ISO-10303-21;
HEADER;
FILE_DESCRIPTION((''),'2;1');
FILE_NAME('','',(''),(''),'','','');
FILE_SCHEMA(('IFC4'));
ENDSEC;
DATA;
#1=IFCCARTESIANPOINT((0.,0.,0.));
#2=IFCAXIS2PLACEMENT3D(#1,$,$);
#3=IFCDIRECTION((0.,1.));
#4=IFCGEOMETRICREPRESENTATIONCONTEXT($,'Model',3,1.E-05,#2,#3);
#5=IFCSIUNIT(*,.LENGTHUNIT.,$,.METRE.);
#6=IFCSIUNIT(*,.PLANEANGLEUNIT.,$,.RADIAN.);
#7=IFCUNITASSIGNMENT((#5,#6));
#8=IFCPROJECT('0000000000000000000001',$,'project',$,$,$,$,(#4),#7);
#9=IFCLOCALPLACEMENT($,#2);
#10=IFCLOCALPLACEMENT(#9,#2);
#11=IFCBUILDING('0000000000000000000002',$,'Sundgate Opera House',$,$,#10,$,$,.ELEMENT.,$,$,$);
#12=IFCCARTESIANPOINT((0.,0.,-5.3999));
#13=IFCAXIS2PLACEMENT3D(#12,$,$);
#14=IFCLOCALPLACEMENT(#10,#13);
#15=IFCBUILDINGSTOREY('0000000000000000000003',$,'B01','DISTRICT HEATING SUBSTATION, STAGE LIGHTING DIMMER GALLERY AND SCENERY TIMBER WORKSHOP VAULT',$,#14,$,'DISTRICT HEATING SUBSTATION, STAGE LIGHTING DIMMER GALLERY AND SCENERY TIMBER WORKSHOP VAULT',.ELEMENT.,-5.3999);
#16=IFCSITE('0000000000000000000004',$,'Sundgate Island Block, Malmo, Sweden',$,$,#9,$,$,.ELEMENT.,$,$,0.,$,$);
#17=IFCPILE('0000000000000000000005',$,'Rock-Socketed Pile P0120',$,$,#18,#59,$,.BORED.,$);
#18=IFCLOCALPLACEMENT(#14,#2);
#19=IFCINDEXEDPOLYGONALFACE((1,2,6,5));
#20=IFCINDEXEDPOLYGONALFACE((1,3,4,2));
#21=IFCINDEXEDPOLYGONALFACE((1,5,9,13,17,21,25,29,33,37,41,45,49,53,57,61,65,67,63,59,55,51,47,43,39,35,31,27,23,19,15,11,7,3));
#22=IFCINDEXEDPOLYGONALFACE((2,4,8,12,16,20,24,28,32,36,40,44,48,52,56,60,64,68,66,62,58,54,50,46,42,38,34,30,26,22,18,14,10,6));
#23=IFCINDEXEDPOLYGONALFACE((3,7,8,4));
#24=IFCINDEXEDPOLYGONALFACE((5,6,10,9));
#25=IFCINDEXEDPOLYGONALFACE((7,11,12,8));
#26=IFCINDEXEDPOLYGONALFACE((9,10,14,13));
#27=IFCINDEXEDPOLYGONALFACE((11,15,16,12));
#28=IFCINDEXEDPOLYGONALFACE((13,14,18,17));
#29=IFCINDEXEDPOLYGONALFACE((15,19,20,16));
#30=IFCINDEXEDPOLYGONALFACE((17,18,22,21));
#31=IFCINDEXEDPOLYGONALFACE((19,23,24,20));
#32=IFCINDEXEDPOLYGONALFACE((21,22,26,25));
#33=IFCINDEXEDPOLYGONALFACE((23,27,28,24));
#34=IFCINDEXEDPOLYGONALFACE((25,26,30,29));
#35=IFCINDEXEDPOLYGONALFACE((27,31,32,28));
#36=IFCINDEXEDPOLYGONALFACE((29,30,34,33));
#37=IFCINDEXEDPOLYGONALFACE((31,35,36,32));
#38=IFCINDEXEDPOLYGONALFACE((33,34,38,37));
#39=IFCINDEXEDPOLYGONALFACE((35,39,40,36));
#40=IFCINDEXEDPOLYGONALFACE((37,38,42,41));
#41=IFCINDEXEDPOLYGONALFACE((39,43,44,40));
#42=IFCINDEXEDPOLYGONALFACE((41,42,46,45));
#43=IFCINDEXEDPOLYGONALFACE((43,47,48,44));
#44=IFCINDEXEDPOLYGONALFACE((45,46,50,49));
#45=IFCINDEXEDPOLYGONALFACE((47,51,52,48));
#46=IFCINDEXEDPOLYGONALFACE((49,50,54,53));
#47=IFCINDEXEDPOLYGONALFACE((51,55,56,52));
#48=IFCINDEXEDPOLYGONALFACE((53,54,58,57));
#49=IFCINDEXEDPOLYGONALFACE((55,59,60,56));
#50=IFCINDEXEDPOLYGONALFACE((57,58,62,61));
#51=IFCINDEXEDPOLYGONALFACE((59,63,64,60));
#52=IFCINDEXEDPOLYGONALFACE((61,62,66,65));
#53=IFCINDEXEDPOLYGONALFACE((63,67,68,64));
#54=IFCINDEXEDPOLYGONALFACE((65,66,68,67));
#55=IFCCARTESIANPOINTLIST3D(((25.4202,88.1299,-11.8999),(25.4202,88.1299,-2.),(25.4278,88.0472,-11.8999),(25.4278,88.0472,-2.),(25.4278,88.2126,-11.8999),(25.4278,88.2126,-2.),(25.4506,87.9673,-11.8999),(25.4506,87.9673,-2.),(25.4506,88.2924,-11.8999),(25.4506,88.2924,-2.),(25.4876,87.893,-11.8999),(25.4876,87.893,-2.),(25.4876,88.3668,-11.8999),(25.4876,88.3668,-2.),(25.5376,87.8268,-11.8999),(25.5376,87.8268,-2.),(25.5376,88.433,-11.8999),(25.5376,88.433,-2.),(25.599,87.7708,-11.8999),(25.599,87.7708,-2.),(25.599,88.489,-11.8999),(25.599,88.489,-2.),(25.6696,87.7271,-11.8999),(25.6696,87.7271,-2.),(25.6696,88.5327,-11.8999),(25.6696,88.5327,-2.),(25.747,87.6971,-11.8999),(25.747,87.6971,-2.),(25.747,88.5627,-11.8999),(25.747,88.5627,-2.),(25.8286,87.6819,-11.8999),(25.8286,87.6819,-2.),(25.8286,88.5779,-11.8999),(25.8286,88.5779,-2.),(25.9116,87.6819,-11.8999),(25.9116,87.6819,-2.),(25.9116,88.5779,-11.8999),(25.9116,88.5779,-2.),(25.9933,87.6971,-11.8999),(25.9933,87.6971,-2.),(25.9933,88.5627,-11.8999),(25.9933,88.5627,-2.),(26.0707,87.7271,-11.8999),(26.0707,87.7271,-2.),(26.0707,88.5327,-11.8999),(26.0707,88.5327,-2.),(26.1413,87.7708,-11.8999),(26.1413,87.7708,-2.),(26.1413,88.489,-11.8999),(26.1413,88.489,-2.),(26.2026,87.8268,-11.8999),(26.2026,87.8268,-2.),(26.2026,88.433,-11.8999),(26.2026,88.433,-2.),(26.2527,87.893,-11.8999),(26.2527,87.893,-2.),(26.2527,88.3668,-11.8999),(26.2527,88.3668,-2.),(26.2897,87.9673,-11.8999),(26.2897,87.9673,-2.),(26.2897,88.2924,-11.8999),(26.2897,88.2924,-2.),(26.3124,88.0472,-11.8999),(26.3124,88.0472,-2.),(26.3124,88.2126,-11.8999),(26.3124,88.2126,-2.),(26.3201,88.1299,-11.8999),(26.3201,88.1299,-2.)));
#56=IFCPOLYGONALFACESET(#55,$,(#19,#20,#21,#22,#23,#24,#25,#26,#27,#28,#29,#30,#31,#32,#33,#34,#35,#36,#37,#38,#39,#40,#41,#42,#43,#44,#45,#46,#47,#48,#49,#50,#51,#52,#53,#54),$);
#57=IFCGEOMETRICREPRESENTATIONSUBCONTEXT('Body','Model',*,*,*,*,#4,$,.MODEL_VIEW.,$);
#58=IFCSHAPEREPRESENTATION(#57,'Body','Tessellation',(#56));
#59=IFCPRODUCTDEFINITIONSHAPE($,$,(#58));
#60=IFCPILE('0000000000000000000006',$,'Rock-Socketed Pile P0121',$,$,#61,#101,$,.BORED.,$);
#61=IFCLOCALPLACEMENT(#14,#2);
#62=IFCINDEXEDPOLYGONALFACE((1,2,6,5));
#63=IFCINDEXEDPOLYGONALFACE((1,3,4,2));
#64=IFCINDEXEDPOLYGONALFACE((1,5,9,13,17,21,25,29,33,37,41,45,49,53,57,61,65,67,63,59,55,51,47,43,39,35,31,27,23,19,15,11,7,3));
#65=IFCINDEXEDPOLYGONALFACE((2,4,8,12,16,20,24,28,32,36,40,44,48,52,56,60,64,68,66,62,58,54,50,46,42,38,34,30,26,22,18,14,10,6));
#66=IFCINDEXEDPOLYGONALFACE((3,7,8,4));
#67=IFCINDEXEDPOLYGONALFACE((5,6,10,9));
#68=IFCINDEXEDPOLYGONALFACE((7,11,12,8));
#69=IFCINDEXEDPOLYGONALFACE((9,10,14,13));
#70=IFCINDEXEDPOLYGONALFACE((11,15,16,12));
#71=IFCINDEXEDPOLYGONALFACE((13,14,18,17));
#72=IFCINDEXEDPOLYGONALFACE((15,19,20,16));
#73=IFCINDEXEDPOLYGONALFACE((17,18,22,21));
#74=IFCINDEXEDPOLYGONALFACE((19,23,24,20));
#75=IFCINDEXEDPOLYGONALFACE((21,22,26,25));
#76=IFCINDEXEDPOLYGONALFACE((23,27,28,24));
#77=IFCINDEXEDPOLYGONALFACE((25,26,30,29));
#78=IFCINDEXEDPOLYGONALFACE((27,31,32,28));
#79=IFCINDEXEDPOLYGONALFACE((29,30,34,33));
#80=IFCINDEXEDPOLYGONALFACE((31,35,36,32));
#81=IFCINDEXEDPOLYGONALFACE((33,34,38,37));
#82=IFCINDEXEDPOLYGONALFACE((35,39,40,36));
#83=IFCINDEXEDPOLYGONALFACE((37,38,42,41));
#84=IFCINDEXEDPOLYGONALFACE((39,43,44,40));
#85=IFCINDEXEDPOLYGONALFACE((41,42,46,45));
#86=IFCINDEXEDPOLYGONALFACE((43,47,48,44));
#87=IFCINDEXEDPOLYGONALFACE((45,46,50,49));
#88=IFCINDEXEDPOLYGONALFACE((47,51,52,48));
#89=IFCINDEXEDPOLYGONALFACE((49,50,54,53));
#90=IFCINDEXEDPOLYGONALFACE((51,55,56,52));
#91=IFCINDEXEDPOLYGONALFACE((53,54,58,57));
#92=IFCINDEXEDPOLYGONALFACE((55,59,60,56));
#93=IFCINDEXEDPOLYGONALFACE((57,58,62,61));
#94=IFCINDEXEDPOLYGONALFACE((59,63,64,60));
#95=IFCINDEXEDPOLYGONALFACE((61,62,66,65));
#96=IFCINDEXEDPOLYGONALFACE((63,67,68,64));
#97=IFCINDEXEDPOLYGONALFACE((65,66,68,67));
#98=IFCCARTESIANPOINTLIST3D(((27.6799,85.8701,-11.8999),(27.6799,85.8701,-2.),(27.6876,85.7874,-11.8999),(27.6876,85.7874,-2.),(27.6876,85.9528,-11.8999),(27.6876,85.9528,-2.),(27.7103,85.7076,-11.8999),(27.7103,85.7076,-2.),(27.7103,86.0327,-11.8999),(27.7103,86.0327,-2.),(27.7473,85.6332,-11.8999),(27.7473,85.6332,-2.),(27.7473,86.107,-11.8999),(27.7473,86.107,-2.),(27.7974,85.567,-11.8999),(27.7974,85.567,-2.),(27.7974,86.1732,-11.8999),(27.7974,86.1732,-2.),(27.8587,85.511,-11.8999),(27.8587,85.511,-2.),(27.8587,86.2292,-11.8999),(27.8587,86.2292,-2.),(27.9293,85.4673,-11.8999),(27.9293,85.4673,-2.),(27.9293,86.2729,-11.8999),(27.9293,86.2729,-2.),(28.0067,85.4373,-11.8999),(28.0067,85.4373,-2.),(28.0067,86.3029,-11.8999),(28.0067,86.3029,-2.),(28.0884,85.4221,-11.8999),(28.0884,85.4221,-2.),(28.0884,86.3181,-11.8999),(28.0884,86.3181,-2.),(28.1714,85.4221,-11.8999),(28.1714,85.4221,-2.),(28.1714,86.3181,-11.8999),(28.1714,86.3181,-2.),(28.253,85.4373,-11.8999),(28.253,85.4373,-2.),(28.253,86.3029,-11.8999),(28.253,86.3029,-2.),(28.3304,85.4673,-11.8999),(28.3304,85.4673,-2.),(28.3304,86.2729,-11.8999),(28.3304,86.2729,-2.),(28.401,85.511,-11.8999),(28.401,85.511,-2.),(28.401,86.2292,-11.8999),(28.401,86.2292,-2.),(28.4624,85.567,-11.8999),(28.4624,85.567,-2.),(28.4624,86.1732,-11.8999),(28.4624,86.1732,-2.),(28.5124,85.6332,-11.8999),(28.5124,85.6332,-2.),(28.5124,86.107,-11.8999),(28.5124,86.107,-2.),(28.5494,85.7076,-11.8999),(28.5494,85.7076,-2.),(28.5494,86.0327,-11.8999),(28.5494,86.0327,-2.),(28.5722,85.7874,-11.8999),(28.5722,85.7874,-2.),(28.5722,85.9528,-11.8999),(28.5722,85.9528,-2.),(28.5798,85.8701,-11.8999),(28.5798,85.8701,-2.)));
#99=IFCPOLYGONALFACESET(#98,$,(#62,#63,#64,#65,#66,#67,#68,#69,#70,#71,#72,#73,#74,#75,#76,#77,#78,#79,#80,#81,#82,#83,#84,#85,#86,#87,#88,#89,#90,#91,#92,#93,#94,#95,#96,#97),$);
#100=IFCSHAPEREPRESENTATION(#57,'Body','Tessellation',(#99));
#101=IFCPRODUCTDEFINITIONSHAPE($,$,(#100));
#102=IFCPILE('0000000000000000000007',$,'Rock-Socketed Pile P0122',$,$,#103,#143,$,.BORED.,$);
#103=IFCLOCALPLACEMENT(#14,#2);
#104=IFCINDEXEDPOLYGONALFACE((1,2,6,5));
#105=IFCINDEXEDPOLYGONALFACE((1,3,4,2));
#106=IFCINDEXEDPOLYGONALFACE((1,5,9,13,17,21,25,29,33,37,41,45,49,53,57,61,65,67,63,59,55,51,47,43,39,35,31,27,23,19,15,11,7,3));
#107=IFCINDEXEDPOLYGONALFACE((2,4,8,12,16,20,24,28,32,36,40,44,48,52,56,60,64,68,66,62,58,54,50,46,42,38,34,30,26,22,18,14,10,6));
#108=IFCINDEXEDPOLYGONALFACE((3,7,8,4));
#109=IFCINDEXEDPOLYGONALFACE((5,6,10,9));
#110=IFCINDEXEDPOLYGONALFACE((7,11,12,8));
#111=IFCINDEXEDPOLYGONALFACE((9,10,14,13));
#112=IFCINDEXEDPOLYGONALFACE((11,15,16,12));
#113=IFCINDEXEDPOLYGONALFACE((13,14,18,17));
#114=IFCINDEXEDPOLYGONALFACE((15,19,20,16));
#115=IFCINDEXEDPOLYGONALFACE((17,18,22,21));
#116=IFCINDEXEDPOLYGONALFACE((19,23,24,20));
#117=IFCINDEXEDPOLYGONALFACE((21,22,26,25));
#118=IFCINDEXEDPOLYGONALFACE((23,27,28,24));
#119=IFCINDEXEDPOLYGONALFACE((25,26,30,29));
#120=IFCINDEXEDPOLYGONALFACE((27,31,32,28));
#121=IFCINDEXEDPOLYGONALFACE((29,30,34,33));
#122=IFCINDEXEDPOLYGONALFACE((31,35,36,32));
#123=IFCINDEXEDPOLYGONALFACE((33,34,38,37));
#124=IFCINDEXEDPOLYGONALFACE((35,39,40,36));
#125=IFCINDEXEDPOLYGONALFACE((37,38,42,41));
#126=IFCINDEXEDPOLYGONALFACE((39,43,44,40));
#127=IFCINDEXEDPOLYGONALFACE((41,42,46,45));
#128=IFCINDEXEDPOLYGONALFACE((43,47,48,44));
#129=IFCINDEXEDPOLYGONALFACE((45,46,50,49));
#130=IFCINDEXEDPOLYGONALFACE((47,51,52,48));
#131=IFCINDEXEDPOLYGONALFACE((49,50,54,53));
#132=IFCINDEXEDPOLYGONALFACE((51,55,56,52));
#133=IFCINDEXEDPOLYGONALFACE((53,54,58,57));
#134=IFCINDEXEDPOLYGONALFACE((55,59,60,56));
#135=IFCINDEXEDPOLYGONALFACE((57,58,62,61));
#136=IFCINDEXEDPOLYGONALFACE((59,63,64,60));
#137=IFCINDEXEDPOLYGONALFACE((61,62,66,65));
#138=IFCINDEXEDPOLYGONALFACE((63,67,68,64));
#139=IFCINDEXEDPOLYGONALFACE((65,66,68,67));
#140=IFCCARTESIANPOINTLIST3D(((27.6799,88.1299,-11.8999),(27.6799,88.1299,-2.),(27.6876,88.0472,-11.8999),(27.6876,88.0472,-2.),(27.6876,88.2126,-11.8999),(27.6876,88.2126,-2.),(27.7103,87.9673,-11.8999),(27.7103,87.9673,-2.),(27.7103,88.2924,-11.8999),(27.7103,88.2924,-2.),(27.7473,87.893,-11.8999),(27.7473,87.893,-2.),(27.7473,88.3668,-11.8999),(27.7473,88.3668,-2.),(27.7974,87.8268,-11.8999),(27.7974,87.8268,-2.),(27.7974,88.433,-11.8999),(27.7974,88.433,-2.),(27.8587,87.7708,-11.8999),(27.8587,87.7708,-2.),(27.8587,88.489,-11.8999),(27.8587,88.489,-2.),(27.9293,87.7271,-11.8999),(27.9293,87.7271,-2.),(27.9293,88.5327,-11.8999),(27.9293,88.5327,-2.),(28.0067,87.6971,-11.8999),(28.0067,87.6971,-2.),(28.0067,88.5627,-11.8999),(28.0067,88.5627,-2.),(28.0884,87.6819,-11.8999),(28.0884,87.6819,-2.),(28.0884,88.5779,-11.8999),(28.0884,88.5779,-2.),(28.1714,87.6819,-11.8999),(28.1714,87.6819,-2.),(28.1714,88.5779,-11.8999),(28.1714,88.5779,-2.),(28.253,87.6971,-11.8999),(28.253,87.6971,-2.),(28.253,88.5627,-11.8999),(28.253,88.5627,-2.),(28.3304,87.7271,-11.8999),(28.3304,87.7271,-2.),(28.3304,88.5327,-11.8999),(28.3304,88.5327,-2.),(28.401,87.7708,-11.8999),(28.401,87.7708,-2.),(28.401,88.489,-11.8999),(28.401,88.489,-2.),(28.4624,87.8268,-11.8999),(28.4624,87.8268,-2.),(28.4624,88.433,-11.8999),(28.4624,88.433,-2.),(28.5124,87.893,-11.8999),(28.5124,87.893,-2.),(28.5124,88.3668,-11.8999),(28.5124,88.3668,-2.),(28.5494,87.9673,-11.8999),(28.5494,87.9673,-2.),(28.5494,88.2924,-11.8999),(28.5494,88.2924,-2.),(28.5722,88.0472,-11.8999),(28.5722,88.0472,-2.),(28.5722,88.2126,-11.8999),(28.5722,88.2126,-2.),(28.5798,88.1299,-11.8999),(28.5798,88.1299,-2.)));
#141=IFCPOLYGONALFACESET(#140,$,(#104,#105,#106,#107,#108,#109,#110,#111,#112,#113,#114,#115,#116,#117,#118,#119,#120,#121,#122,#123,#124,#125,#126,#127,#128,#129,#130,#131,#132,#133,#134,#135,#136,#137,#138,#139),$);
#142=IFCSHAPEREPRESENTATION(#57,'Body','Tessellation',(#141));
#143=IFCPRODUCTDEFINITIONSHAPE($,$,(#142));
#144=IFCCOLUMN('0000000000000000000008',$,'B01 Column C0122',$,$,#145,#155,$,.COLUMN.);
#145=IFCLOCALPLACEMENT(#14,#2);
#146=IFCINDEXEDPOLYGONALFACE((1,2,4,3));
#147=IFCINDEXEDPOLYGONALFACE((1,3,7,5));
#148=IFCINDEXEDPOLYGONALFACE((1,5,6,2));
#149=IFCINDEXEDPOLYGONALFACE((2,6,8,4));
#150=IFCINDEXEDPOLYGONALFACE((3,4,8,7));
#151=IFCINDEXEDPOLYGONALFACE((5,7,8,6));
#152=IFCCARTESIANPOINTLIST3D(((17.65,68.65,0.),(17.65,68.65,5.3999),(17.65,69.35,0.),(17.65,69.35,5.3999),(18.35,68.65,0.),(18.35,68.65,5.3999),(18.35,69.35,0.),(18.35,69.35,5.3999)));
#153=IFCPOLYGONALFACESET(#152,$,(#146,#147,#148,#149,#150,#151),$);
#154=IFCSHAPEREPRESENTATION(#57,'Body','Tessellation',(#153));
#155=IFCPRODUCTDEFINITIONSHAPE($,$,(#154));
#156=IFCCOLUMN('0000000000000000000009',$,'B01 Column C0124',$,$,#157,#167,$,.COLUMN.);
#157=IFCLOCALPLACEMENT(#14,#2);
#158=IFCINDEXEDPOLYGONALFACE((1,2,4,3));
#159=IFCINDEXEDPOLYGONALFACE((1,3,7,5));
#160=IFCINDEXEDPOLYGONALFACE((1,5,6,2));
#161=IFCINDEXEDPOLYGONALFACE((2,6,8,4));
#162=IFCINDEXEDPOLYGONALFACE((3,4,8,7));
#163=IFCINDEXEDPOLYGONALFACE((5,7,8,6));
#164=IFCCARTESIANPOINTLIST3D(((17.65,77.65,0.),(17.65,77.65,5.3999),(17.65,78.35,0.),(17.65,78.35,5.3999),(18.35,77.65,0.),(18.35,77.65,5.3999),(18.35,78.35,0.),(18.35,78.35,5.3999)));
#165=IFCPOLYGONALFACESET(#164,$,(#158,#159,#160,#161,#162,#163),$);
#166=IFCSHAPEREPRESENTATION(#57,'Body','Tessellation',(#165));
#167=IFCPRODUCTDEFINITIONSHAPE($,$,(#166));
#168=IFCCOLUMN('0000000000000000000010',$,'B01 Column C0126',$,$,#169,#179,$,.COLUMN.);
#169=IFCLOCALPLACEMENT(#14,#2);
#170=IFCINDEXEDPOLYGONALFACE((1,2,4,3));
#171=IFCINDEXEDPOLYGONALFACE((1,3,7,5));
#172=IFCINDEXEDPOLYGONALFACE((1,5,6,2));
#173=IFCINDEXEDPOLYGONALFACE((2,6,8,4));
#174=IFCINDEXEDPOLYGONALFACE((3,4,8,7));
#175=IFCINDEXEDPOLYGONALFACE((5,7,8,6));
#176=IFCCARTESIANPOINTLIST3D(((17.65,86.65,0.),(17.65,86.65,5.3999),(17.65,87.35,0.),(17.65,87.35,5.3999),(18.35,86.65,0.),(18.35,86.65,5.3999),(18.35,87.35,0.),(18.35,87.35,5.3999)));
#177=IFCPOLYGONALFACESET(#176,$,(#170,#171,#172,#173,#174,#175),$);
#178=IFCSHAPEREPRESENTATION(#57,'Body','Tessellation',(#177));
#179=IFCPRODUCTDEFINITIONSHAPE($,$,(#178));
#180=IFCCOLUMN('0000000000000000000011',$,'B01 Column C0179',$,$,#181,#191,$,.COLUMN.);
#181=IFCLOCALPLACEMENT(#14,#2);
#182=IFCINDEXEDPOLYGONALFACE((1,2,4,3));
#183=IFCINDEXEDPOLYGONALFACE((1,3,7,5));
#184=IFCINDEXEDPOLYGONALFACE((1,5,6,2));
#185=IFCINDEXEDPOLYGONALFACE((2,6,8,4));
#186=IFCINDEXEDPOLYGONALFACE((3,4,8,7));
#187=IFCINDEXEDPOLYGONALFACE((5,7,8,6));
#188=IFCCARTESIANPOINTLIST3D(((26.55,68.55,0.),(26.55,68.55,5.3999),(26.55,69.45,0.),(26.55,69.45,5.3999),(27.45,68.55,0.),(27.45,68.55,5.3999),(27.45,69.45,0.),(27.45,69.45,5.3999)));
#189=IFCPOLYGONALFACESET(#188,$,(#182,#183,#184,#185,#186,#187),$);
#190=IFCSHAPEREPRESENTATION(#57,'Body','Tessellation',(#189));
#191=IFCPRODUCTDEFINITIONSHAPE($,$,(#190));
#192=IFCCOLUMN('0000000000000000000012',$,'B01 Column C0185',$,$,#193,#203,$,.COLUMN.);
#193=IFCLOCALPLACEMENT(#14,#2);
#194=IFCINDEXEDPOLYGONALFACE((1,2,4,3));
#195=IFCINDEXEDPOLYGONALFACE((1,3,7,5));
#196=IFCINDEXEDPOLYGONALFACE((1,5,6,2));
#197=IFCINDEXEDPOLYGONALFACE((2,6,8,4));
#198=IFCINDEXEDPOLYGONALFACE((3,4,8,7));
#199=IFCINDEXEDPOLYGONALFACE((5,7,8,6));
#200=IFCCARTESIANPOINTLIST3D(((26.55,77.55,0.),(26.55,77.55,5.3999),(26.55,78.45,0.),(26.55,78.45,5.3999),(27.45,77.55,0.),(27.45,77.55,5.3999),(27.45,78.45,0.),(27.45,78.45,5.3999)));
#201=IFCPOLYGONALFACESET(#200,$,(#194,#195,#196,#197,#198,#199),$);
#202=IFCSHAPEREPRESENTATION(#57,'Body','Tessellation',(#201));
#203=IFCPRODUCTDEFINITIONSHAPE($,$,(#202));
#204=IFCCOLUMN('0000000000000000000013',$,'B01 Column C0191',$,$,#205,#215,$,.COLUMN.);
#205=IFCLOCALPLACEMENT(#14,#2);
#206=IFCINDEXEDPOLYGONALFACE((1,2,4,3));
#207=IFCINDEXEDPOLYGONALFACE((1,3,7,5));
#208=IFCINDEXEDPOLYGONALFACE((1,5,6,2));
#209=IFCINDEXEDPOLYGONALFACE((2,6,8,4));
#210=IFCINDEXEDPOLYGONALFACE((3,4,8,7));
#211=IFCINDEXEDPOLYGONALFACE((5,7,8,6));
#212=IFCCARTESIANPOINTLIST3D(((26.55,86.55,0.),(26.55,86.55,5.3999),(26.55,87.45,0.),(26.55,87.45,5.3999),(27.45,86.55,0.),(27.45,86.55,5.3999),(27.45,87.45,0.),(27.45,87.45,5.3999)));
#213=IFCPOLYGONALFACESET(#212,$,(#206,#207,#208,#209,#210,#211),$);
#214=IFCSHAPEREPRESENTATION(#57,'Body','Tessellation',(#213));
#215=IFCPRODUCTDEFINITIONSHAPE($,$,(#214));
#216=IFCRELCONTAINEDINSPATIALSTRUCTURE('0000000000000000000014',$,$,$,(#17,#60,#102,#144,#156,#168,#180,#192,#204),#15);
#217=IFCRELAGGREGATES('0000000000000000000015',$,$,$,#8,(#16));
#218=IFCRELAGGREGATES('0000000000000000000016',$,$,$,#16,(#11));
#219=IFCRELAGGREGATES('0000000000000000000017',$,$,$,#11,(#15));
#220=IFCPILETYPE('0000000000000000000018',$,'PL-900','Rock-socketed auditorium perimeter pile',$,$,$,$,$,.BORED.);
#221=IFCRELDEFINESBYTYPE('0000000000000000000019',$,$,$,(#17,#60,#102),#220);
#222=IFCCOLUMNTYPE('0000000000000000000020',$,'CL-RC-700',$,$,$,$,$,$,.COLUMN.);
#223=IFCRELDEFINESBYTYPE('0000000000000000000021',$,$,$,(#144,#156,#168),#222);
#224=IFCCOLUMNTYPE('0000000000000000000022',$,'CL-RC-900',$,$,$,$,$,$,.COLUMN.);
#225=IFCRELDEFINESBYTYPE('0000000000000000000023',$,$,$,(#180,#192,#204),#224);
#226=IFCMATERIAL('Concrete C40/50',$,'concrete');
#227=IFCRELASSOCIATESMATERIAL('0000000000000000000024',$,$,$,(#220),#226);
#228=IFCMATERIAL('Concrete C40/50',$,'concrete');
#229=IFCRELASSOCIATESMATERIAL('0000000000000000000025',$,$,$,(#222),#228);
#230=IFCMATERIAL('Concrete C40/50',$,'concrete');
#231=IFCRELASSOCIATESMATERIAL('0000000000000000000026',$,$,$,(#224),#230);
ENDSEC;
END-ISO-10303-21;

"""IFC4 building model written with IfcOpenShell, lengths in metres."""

from ifc_helpers import new_model, si_unit, direction, frame, origin, origin_2d, place, context, subcontext, project, spatial, rectangle, circle, extrude, material, material_profile, profile_set, type_object, element, save


model = new_model("IFC4")

# Units and contexts
model_context = context("Model", 3, precision=1e-05, world=origin(), true_north=direction((0.0, 1.0)))
body_context = subcontext(model_context, "Body", "Model", "MODEL_VIEW")
ifc_project = project(units=[si_unit("LENGTHUNIT", "METRE"), si_unit("PLANEANGLEUNIT", "RADIAN")], contexts=[model_context])

# Site, building, storey
site_placement = place(None, origin())
site = spatial("IfcSite", under=ifc_project, at=site_placement, Name="Sundgate Island Block, Malmo, Sweden", CompositionType="ELEMENT", RefElevation=0.0)
building_placement = place(site_placement, origin())
building = spatial("IfcBuilding", under=site, at=building_placement, Name="Sundgate Opera House", CompositionType="ELEMENT")
storey_placement = place(building_placement, frame((0.0, 0.0, -5.3999)))
storey = spatial("IfcBuildingStorey", under=building, at=storey_placement, Name="B01", Description="DISTRICT HEATING SUBSTATION, STAGE LIGHTING DIMMER GALLERY AND SCENERY TIMBER WORKSHOP VAULT", LongName="DISTRICT HEATING SUBSTATION, STAGE LIGHTING DIMMER GALLERY AND SCENERY TIMBER WORKSHOP VAULT", CompositionType="ELEMENT", Elevation=-5.3999)

# Piles
ifc_material_1 = material(Name="Concrete C40/50", Category="concrete")
ifc_material_profile_1 = material_profile(ifc_material_1, circle(Radius=0.45, at=origin_2d()), Name="PILE D900")
ifc_profile_set_1 = profile_set([ifc_material_profile_1], Name="Concrete C40/50")
pile_type_1 = type_object("IfcPileType", Name="PL-900", Description="Rock-socketed auditorium perimeter pile", PredefinedType="BORED", material=ifc_profile_set_1)
for number, where, z_axis, x_axis, name in (
    (1, (25.8701, 88.1299, -2.0), (0.0, 0.0, -1.0), (1.0, 0.0, 0.0), "Rock-Socketed Pile P0120"),
    (2, (28.1299, 85.8701, -2.0), (0.0, 0.0, -1.0), (1.0, 0.0, 0.0), "Rock-Socketed Pile P0121"),
    (3, (28.1299, 88.1299, -2.0), (0.0, 0.0, -1.0), (1.0, 0.0, 0.0), "Rock-Socketed Pile P0122"),
):
    element("IfcPile", number, at=place(storey_placement, frame(where, z_axis=z_axis, x_axis=x_axis)), inside=storey, type_object=pile_type_1, Name=name, PredefinedType="BORED", context=body_context, shape_type="SweptSolid", body=[
        extrude(circle(Radius=0.45, at=origin_2d()), origin(), (0.0, 0.0, 1.0), 9.8999),
    ])

# Columns
ifc_material_2 = material(Name="Concrete C40/50", Category="concrete")
ifc_material_profile_2 = material_profile(ifc_material_2, rectangle(XDim=0.7, YDim=0.7, at=origin_2d()), Name="RC 700x700")
ifc_profile_set_2 = profile_set([ifc_material_profile_2], Name="Concrete C40/50")
column_type_1 = type_object("IfcColumnType", Name="CL-RC-700", PredefinedType="COLUMN", material=ifc_profile_set_2)
for number, where, z_axis, x_axis, name in (
    (4, (18.0, 69.0, 0.0), (0.0, 0.0, 1.0), (1.0, 0.0, 0.0), "B01 Column C0122"),
    (5, (18.0, 78.0, 0.0), (0.0, 0.0, 1.0), (1.0, 0.0, 0.0), "B01 Column C0124"),
    (6, (18.0, 87.0, 0.0), (0.0, 0.0, 1.0), (1.0, 0.0, 0.0), "B01 Column C0126"),
):
    element("IfcColumn", number, at=place(storey_placement, frame(where, z_axis=z_axis, x_axis=x_axis)), inside=storey, type_object=column_type_1, Name=name, PredefinedType="COLUMN", context=body_context, shape_type="SweptSolid", body=[
        extrude(rectangle(XDim=0.7, YDim=0.7, at=origin_2d()), origin(), (0.0, 0.0, 1.0), 5.3999),
    ])
ifc_material_3 = material(Name="Concrete C40/50", Category="concrete")
ifc_material_profile_3 = material_profile(ifc_material_3, rectangle(XDim=0.8999, YDim=0.8999, at=origin_2d()), Name="RC 900x900")
ifc_profile_set_3 = profile_set([ifc_material_profile_3], Name="Concrete C40/50")
column_type_2 = type_object("IfcColumnType", Name="CL-RC-900", PredefinedType="COLUMN", material=ifc_profile_set_3)
for number, where, z_axis, x_axis, name in (
    (7, (27.0, 69.0, 0.0), (0.0, 0.0, 1.0), (1.0, 0.0, 0.0), "B01 Column C0179"),
    (8, (27.0, 78.0, 0.0), (0.0, 0.0, 1.0), (1.0, 0.0, 0.0), "B01 Column C0185"),
    (9, (27.0, 87.0, 0.0), (0.0, 0.0, 1.0), (1.0, 0.0, 0.0), "B01 Column C0191"),
):
    element("IfcColumn", number, at=place(storey_placement, frame(where, z_axis=z_axis, x_axis=x_axis)), inside=storey, type_object=column_type_2, Name=name, PredefinedType="COLUMN", context=body_context, shape_type="SweptSolid", body=[
        extrude(rectangle(XDim=0.8999, YDim=0.8999, at=origin_2d()), origin(), (0.0, 0.0, 1.0), 5.3999),
    ])

save(model, "model.ifc")
